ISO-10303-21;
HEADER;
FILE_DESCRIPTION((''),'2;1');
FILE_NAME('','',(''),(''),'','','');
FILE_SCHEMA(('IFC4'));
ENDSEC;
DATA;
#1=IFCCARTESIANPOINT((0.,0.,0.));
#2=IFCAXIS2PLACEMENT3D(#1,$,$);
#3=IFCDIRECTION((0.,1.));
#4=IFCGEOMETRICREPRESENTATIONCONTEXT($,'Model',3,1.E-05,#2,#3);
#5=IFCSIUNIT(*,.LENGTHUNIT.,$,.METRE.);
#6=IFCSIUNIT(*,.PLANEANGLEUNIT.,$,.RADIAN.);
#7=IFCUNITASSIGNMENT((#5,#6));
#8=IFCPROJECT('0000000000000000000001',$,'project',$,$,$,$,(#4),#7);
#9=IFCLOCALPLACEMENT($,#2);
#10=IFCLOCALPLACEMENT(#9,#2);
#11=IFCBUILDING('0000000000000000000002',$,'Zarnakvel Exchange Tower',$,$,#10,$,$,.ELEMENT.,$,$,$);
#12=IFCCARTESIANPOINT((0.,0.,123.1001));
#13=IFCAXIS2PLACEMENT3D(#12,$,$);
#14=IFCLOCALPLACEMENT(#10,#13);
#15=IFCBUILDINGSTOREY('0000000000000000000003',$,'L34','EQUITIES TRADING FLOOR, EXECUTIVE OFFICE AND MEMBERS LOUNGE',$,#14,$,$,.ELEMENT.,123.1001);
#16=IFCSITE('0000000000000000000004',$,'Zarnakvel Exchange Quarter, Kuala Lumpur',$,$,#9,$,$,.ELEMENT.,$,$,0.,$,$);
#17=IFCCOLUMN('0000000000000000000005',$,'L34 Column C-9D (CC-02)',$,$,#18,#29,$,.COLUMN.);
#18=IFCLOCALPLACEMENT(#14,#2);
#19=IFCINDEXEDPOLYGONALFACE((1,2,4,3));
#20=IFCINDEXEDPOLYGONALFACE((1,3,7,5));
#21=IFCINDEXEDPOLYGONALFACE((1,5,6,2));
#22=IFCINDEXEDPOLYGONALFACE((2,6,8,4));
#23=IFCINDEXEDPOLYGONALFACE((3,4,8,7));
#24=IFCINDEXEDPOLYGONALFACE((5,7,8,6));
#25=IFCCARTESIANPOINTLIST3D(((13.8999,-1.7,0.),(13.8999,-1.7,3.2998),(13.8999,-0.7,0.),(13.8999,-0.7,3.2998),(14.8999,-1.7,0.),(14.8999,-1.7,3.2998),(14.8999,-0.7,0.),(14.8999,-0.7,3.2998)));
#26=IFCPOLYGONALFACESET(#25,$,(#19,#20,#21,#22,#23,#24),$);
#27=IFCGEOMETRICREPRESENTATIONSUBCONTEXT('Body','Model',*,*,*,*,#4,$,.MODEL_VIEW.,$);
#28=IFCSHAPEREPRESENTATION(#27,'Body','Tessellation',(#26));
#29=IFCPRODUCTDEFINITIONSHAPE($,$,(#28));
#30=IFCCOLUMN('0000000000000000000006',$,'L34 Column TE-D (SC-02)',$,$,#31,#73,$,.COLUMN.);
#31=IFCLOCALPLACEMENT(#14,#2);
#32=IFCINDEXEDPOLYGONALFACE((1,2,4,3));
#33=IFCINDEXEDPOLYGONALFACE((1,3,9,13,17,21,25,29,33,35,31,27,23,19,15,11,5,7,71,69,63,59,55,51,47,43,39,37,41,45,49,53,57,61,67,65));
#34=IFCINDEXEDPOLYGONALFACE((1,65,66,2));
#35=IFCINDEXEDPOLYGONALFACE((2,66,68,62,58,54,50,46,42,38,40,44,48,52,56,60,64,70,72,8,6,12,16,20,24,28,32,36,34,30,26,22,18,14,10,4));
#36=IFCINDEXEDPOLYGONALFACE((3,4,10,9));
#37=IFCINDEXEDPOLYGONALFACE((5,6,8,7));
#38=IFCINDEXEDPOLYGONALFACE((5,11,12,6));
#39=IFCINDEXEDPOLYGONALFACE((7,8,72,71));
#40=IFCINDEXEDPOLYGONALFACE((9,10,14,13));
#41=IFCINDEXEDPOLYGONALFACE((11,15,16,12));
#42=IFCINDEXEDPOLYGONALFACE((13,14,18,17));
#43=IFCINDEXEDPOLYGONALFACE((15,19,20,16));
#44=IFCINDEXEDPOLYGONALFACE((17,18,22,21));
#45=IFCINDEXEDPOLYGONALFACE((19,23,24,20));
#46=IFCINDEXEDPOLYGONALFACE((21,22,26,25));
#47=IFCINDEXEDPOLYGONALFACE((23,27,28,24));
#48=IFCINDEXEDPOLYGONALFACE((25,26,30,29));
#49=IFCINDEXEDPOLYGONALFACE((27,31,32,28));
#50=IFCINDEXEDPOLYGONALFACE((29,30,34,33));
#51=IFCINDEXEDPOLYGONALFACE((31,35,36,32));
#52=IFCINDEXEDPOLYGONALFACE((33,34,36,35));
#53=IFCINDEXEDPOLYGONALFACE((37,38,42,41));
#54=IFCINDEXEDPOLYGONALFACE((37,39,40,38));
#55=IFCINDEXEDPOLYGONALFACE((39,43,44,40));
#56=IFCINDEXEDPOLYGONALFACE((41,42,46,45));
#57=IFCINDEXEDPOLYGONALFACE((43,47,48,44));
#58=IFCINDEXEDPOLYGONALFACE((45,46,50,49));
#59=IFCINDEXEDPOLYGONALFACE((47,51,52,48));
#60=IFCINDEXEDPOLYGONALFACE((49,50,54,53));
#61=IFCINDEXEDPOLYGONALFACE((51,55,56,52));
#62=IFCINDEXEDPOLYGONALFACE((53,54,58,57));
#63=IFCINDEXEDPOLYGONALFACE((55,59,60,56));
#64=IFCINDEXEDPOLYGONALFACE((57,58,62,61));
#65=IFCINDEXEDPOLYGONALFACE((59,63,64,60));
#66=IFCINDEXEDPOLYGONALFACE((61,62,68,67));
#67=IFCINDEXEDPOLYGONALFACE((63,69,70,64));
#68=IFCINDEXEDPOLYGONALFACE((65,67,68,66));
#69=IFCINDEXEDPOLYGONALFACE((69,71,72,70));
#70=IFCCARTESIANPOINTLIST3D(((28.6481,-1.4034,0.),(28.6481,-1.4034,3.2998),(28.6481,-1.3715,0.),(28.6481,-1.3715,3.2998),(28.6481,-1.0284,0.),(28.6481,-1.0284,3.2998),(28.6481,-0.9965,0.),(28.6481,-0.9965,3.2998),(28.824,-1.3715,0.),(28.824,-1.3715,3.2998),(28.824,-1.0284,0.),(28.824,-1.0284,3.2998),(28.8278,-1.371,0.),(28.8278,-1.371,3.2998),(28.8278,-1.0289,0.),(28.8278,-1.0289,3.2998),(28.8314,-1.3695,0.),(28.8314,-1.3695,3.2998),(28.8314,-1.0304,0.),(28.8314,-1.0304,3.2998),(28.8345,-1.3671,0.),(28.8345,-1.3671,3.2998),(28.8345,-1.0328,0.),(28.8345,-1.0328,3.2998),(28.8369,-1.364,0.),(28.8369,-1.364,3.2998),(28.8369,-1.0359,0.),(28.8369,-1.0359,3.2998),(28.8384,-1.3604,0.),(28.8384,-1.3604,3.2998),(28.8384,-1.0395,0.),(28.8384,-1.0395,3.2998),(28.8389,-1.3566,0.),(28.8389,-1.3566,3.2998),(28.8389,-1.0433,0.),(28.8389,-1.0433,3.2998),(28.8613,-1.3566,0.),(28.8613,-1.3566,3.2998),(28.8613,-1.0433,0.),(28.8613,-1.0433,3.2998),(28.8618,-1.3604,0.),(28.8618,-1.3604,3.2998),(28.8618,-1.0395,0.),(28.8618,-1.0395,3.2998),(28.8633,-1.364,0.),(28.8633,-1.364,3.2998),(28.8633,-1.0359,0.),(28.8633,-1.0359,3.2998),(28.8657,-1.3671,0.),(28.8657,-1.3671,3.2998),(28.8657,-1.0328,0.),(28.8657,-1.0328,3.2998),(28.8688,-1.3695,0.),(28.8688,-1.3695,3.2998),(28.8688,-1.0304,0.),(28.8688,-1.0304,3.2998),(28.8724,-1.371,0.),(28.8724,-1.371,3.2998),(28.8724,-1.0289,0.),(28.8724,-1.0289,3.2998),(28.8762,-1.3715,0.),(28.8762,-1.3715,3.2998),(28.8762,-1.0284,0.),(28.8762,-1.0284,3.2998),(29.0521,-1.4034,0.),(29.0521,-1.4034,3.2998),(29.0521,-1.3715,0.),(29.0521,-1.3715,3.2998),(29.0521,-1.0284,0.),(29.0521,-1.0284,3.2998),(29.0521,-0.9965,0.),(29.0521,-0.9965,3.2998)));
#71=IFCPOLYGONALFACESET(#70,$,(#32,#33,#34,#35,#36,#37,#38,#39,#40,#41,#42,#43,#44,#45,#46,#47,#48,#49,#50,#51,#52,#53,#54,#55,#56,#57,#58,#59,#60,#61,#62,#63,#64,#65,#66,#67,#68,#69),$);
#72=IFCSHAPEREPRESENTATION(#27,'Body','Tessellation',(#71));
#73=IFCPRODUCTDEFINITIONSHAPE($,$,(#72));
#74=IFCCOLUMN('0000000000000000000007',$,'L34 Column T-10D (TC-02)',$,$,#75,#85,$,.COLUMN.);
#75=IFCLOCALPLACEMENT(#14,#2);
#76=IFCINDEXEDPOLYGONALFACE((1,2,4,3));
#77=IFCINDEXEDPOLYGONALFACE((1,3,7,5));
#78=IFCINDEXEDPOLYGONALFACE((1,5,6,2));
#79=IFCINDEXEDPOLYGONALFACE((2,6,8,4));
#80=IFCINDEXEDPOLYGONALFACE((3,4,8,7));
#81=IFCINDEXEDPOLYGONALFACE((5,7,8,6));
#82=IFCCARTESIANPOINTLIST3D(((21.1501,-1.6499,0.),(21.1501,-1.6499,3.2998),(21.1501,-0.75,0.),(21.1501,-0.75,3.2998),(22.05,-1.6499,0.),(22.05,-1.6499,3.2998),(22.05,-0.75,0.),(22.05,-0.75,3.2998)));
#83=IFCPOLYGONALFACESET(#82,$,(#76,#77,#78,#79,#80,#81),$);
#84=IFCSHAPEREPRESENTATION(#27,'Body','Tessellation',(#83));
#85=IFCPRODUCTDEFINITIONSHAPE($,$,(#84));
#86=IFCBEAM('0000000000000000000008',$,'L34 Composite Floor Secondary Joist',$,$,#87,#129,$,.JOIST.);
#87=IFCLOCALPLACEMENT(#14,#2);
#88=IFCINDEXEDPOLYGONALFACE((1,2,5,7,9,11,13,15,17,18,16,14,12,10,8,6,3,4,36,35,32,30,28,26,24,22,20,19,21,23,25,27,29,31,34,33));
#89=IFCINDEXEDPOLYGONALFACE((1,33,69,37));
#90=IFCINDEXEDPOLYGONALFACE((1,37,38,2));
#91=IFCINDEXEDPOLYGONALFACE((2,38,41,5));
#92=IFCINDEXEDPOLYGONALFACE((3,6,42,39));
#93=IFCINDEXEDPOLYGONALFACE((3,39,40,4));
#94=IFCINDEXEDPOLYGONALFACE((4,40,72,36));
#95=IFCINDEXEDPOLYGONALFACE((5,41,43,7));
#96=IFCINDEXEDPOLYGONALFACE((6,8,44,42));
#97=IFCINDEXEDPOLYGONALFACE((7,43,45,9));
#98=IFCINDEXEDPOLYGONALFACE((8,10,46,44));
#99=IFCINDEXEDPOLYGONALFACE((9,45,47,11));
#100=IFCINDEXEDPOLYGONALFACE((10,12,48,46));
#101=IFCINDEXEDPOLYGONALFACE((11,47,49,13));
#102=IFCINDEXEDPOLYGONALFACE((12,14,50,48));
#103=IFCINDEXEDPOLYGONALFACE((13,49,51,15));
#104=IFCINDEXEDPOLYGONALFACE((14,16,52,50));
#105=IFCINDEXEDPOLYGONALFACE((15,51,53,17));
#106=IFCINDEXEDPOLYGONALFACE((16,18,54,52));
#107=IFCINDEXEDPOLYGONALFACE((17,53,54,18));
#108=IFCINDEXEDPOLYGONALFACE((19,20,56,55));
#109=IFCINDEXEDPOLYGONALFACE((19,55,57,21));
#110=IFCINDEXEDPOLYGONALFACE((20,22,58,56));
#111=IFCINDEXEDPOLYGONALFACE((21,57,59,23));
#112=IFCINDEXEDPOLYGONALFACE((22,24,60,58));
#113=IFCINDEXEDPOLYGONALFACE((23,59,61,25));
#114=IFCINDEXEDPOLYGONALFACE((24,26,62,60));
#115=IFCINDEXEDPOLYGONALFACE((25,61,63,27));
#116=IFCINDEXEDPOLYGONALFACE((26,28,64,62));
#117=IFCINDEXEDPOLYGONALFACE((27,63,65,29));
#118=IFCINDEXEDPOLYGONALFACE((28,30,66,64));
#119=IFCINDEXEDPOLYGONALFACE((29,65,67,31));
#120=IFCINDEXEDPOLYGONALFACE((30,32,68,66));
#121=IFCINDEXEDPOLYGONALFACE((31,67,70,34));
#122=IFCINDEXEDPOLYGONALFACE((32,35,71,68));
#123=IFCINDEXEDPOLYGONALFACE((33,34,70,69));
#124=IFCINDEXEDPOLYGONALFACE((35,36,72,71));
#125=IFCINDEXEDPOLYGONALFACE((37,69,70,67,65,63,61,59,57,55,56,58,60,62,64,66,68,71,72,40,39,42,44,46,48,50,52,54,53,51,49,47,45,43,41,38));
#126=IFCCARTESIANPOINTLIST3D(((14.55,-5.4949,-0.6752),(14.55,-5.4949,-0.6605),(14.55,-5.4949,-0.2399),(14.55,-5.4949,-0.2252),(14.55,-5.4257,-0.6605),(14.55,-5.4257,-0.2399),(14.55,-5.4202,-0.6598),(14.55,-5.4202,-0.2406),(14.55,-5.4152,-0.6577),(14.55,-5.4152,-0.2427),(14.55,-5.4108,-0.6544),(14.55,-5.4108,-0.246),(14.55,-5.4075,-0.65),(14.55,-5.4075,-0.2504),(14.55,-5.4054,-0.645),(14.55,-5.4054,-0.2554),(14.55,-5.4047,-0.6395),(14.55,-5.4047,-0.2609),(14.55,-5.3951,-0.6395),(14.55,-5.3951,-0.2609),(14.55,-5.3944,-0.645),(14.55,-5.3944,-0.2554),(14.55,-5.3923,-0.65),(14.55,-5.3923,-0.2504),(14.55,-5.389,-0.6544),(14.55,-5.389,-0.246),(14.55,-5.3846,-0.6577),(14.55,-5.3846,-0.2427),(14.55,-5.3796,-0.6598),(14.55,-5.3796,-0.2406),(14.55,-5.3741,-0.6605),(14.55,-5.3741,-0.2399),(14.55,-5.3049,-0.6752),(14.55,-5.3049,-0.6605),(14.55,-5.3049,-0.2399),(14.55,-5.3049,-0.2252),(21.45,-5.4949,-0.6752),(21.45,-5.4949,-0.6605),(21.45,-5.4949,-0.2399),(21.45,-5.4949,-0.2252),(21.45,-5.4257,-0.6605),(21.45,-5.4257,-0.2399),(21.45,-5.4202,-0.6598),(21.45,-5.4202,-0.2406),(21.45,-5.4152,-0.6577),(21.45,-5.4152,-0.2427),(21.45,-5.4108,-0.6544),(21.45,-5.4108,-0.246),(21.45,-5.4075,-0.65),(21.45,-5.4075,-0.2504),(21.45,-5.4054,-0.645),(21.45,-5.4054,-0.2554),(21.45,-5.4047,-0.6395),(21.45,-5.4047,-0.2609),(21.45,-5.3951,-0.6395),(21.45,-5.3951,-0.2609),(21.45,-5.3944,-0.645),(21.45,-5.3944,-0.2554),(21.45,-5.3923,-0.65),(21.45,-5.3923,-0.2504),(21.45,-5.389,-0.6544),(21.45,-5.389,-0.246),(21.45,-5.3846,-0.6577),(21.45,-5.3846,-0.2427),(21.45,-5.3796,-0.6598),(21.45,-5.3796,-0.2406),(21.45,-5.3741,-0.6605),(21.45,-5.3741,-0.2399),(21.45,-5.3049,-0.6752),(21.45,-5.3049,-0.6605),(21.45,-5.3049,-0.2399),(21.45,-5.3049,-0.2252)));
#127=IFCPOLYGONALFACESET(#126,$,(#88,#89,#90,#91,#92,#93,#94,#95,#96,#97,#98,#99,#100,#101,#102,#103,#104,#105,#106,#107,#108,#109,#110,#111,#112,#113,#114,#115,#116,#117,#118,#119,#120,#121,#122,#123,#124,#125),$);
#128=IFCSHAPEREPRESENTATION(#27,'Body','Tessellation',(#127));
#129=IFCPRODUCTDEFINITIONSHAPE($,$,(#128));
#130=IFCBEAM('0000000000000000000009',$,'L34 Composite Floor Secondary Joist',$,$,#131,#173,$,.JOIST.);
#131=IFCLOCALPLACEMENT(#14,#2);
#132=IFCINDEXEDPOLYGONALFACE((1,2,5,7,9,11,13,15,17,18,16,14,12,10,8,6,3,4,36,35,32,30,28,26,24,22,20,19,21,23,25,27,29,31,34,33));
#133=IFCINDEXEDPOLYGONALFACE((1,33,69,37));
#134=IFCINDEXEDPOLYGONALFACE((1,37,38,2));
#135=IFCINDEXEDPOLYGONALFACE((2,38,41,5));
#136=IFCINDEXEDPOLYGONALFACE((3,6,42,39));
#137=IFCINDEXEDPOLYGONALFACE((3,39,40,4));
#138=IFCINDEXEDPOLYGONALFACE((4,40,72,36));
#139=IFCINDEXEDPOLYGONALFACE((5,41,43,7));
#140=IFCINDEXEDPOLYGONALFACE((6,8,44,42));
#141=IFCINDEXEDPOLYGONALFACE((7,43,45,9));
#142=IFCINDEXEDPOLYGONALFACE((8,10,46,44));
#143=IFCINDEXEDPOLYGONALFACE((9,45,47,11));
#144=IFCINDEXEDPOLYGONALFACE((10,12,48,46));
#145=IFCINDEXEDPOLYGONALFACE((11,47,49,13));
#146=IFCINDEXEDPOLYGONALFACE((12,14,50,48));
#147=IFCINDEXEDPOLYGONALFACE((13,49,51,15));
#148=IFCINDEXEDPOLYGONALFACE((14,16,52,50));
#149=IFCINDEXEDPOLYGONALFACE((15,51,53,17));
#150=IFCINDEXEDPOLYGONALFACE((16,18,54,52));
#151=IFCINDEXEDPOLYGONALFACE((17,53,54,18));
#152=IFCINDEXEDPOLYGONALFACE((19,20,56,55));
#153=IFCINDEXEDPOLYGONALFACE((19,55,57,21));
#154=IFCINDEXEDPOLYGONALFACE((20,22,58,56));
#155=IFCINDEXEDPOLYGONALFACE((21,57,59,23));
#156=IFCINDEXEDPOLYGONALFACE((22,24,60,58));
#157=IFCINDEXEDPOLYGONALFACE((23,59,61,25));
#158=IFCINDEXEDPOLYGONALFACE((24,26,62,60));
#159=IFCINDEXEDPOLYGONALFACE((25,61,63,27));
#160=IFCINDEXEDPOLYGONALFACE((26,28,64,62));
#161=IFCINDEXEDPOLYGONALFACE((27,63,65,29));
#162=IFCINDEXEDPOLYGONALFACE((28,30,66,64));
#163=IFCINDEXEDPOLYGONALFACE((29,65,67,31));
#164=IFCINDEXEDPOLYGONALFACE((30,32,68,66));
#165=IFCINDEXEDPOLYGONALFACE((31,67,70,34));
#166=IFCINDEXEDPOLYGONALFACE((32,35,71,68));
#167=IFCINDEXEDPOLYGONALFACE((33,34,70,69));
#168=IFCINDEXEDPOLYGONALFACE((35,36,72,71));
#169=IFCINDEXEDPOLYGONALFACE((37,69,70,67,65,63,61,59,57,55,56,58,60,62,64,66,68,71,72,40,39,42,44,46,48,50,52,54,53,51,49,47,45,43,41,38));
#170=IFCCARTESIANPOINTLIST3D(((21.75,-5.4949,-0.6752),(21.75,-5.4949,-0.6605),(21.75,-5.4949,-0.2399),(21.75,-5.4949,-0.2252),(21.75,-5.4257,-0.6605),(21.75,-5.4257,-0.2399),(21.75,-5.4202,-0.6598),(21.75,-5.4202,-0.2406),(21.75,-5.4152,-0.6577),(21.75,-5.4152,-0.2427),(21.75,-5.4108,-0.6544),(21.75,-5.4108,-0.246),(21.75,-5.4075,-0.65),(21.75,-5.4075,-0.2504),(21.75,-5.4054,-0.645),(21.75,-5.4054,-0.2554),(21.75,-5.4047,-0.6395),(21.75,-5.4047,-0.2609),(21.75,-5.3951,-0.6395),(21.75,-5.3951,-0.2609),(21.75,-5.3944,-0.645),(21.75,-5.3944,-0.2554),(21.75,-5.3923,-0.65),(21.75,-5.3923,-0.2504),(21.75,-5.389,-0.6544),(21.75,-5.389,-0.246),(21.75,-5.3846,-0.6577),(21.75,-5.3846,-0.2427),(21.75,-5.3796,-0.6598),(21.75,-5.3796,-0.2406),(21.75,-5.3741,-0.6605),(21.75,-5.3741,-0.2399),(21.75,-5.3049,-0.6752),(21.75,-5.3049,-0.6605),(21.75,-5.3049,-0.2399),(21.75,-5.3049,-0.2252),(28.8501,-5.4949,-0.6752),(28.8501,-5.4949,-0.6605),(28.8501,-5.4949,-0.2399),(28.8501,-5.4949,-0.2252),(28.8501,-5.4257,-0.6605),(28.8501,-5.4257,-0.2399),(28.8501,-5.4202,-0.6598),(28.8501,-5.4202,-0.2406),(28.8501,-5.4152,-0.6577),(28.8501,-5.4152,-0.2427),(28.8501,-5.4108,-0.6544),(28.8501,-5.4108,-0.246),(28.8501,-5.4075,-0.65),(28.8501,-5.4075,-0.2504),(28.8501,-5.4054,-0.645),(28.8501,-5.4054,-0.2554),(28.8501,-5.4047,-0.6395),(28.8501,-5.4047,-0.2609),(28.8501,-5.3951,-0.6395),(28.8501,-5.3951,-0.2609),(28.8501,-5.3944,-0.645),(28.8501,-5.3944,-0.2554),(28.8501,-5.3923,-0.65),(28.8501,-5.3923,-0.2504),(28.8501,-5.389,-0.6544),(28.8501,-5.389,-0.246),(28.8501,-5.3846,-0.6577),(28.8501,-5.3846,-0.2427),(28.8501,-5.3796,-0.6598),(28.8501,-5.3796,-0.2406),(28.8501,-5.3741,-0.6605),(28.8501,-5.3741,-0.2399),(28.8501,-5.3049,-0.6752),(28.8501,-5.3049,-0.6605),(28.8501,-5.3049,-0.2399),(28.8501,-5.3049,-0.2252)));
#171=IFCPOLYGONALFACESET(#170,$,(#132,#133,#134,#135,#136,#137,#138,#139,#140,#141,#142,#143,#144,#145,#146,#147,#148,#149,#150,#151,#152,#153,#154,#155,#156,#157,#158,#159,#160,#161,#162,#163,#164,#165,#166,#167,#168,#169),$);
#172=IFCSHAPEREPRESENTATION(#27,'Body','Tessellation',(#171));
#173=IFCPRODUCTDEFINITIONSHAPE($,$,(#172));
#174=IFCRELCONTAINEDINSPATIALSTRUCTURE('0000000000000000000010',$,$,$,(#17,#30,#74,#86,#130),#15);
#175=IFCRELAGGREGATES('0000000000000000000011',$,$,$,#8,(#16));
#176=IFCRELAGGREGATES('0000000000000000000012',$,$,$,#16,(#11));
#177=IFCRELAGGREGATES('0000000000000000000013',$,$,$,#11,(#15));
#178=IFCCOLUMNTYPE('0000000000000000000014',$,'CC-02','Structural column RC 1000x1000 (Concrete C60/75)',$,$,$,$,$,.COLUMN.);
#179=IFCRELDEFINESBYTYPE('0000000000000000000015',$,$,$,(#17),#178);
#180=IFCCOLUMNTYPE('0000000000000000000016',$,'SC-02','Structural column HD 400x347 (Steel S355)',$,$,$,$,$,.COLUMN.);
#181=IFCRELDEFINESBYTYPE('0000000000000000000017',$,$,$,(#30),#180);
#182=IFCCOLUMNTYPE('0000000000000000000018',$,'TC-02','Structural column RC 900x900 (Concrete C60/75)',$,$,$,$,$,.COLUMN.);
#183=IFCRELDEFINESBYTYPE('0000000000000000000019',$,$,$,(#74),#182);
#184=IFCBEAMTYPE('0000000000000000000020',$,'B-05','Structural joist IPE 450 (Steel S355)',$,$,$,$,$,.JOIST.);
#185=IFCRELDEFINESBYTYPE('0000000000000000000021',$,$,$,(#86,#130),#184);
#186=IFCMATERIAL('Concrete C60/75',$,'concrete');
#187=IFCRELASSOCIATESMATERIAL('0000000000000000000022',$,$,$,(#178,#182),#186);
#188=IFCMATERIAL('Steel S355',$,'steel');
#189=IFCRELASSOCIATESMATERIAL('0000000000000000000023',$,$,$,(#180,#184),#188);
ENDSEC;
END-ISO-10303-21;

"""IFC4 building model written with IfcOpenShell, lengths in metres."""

from ifc_helpers import new_model, si_unit, direction, frame, origin, origin_2d, place, context, subcontext, project, spatial, rectangle, i_section, extrude, material, material_profile, profile_set, type_object, element, save


model = new_model("IFC4")

# Units and contexts
model_context = context("Model", 3, precision=1e-05, world=origin(), true_north=direction((0.0, 1.0)))
body_context = subcontext(model_context, "Body", "Model", "MODEL_VIEW")
ifc_project = project(units=[si_unit("LENGTHUNIT", "METRE"), si_unit("PLANEANGLEUNIT", "RADIAN")], contexts=[model_context])

# Site, building, storey
site_placement = place(None, origin())
site = spatial("IfcSite", under=ifc_project, at=site_placement, Name="Zarnakvel Exchange Quarter, Kuala Lumpur", CompositionType="ELEMENT", RefElevation=0.0)
building_placement = place(site_placement, origin())
building = spatial("IfcBuilding", under=site, at=building_placement, Name="Zarnakvel Exchange Tower", CompositionType="ELEMENT")
storey_placement = place(building_placement, frame((0.0, 0.0, 123.1001)))
storey = spatial("IfcBuildingStorey", under=building, at=storey_placement, Name="L34", Description="EQUITIES TRADING FLOOR, EXECUTIVE OFFICE AND MEMBERS LOUNGE", CompositionType="ELEMENT", Elevation=123.1001)

# Columns
ifc_material_1 = material(Name="Concrete C60/75", Category="concrete")
ifc_material_profile_1 = material_profile(ifc_material_1, rectangle(XDim=1.0, YDim=1.0, at=origin_2d()))
ifc_profile_set_1 = profile_set([ifc_material_profile_1], Name="Concrete C60/75")
column_type_1 = type_object("IfcColumnType", Name="CC-02", Description="Structural column RC 1000x1000 (Concrete C60/75)", PredefinedType="COLUMN", material=ifc_profile_set_1)
column_1_placement = place(storey_placement, frame((14.3999, -1.2, 0.0), z_axis=(0.0, 0.0, 1.0), x_axis=(1.0, 0.0, 0.0)))
element("IfcColumn", 1, at=column_1_placement, inside=storey, type_object=column_type_1, Name="L34 Column C-9D (CC-02)", PredefinedType="COLUMN", context=body_context, shape_type="SweptSolid", body=[
    extrude(rectangle(XDim=1.0, YDim=1.0, at=origin_2d()), origin(), (0.0, 0.0, 1.0), 3.2998),
])
ifc_material_2 = material(Name="Steel S355", Category="steel")
ifc_material_profile_2 = material_profile(ifc_material_2, i_section(OverallWidth=0.4041, OverallDepth=0.407, WebThickness=0.0225, FlangeThickness=0.032, FilletRadius=0.0149, at=origin_2d()))
ifc_profile_set_2 = profile_set([ifc_material_profile_2], Name="Steel S355")
column_type_2 = type_object("IfcColumnType", Name="SC-02", Description="Structural column HD 400x347 (Steel S355)", PredefinedType="COLUMN", material=ifc_profile_set_2)
column_2_placement = place(storey_placement, frame((28.8501, -1.2, 0.0), z_axis=(0.0, 0.0, 1.0), x_axis=(1.0, 0.0, 0.0)))
element("IfcColumn", 2, at=column_2_placement, inside=storey, type_object=column_type_2, Name="L34 Column TE-D (SC-02)", PredefinedType="COLUMN", context=body_context, shape_type="SweptSolid", body=[
    extrude(i_section(OverallWidth=0.4041, OverallDepth=0.407, WebThickness=0.0225, FlangeThickness=0.032, FilletRadius=0.0149, at=origin_2d()), origin(), (0.0, 0.0, 1.0), 3.2998),
])
ifc_material_profile_3 = material_profile(ifc_material_1, rectangle(XDim=0.8999, YDim=0.8999, at=origin_2d()))
ifc_profile_set_3 = profile_set([ifc_material_profile_3], Name="Concrete C60/75")
column_type_3 = type_object("IfcColumnType", Name="TC-02", Description="Structural column RC 900x900 (Concrete C60/75)", PredefinedType="COLUMN", material=ifc_profile_set_3)
column_3_placement = place(storey_placement, frame((21.6001, -1.2, 0.0), z_axis=(0.0, 0.0, 1.0), x_axis=(1.0, 0.0, 0.0)))
element("IfcColumn", 3, at=column_3_placement, inside=storey, type_object=column_type_3, Name="L34 Column T-10D (TC-02)", PredefinedType="COLUMN", context=body_context, shape_type="SweptSolid", body=[
    extrude(rectangle(XDim=0.8999, YDim=0.8999, at=origin_2d()), origin(), (0.0, 0.0, 1.0), 3.2998),
])

# Beams
ifc_material_profile_4 = material_profile(ifc_material_2, i_section(OverallWidth=0.1899, OverallDepth=0.45, WebThickness=0.0095, FlangeThickness=0.0146, FilletRadius=0.021, at=origin_2d()))
ifc_profile_set_4 = profile_set([ifc_material_profile_4], Name="Steel S355")
beam_type_1 = type_object("IfcBeamType", Name="B-05", Description="Structural joist IPE 450 (Steel S355)", PredefinedType="JOIST", material=ifc_profile_set_4)
beam_1_placement = place(storey_placement, frame((14.55, -5.3999, -0.4502), z_axis=(1.0, 0.0, 0.0), x_axis=(0.0, 1.0, 0.0)))
element("IfcBeam", 4, at=beam_1_placement, inside=storey, type_object=beam_type_1, Name="L34 Composite Floor Secondary Joist", PredefinedType="JOIST", context=body_context, shape_type="SweptSolid", body=[
    extrude(i_section(OverallWidth=0.1899, OverallDepth=0.45, WebThickness=0.0095, FlangeThickness=0.0146, FilletRadius=0.021, at=origin_2d()), origin(), (0.0, 0.0, 1.0), 6.8999),
])
beam_2_placement = place(storey_placement, frame((21.75, -5.3999, -0.4502), z_axis=(1.0, 0.0, 0.0), x_axis=(0.0, 1.0, 0.0)))
element("IfcBeam", 5, at=beam_2_placement, inside=storey, type_object=beam_type_1, Name="L34 Composite Floor Secondary Joist", PredefinedType="JOIST", context=body_context, shape_type="SweptSolid", body=[
    extrude(i_section(OverallWidth=0.1899, OverallDepth=0.45, WebThickness=0.0095, FlangeThickness=0.0146, FilletRadius=0.021, at=origin_2d()), origin(), (0.0, 0.0, 1.0), 7.1001),
])

save(model, "model.ifc")
